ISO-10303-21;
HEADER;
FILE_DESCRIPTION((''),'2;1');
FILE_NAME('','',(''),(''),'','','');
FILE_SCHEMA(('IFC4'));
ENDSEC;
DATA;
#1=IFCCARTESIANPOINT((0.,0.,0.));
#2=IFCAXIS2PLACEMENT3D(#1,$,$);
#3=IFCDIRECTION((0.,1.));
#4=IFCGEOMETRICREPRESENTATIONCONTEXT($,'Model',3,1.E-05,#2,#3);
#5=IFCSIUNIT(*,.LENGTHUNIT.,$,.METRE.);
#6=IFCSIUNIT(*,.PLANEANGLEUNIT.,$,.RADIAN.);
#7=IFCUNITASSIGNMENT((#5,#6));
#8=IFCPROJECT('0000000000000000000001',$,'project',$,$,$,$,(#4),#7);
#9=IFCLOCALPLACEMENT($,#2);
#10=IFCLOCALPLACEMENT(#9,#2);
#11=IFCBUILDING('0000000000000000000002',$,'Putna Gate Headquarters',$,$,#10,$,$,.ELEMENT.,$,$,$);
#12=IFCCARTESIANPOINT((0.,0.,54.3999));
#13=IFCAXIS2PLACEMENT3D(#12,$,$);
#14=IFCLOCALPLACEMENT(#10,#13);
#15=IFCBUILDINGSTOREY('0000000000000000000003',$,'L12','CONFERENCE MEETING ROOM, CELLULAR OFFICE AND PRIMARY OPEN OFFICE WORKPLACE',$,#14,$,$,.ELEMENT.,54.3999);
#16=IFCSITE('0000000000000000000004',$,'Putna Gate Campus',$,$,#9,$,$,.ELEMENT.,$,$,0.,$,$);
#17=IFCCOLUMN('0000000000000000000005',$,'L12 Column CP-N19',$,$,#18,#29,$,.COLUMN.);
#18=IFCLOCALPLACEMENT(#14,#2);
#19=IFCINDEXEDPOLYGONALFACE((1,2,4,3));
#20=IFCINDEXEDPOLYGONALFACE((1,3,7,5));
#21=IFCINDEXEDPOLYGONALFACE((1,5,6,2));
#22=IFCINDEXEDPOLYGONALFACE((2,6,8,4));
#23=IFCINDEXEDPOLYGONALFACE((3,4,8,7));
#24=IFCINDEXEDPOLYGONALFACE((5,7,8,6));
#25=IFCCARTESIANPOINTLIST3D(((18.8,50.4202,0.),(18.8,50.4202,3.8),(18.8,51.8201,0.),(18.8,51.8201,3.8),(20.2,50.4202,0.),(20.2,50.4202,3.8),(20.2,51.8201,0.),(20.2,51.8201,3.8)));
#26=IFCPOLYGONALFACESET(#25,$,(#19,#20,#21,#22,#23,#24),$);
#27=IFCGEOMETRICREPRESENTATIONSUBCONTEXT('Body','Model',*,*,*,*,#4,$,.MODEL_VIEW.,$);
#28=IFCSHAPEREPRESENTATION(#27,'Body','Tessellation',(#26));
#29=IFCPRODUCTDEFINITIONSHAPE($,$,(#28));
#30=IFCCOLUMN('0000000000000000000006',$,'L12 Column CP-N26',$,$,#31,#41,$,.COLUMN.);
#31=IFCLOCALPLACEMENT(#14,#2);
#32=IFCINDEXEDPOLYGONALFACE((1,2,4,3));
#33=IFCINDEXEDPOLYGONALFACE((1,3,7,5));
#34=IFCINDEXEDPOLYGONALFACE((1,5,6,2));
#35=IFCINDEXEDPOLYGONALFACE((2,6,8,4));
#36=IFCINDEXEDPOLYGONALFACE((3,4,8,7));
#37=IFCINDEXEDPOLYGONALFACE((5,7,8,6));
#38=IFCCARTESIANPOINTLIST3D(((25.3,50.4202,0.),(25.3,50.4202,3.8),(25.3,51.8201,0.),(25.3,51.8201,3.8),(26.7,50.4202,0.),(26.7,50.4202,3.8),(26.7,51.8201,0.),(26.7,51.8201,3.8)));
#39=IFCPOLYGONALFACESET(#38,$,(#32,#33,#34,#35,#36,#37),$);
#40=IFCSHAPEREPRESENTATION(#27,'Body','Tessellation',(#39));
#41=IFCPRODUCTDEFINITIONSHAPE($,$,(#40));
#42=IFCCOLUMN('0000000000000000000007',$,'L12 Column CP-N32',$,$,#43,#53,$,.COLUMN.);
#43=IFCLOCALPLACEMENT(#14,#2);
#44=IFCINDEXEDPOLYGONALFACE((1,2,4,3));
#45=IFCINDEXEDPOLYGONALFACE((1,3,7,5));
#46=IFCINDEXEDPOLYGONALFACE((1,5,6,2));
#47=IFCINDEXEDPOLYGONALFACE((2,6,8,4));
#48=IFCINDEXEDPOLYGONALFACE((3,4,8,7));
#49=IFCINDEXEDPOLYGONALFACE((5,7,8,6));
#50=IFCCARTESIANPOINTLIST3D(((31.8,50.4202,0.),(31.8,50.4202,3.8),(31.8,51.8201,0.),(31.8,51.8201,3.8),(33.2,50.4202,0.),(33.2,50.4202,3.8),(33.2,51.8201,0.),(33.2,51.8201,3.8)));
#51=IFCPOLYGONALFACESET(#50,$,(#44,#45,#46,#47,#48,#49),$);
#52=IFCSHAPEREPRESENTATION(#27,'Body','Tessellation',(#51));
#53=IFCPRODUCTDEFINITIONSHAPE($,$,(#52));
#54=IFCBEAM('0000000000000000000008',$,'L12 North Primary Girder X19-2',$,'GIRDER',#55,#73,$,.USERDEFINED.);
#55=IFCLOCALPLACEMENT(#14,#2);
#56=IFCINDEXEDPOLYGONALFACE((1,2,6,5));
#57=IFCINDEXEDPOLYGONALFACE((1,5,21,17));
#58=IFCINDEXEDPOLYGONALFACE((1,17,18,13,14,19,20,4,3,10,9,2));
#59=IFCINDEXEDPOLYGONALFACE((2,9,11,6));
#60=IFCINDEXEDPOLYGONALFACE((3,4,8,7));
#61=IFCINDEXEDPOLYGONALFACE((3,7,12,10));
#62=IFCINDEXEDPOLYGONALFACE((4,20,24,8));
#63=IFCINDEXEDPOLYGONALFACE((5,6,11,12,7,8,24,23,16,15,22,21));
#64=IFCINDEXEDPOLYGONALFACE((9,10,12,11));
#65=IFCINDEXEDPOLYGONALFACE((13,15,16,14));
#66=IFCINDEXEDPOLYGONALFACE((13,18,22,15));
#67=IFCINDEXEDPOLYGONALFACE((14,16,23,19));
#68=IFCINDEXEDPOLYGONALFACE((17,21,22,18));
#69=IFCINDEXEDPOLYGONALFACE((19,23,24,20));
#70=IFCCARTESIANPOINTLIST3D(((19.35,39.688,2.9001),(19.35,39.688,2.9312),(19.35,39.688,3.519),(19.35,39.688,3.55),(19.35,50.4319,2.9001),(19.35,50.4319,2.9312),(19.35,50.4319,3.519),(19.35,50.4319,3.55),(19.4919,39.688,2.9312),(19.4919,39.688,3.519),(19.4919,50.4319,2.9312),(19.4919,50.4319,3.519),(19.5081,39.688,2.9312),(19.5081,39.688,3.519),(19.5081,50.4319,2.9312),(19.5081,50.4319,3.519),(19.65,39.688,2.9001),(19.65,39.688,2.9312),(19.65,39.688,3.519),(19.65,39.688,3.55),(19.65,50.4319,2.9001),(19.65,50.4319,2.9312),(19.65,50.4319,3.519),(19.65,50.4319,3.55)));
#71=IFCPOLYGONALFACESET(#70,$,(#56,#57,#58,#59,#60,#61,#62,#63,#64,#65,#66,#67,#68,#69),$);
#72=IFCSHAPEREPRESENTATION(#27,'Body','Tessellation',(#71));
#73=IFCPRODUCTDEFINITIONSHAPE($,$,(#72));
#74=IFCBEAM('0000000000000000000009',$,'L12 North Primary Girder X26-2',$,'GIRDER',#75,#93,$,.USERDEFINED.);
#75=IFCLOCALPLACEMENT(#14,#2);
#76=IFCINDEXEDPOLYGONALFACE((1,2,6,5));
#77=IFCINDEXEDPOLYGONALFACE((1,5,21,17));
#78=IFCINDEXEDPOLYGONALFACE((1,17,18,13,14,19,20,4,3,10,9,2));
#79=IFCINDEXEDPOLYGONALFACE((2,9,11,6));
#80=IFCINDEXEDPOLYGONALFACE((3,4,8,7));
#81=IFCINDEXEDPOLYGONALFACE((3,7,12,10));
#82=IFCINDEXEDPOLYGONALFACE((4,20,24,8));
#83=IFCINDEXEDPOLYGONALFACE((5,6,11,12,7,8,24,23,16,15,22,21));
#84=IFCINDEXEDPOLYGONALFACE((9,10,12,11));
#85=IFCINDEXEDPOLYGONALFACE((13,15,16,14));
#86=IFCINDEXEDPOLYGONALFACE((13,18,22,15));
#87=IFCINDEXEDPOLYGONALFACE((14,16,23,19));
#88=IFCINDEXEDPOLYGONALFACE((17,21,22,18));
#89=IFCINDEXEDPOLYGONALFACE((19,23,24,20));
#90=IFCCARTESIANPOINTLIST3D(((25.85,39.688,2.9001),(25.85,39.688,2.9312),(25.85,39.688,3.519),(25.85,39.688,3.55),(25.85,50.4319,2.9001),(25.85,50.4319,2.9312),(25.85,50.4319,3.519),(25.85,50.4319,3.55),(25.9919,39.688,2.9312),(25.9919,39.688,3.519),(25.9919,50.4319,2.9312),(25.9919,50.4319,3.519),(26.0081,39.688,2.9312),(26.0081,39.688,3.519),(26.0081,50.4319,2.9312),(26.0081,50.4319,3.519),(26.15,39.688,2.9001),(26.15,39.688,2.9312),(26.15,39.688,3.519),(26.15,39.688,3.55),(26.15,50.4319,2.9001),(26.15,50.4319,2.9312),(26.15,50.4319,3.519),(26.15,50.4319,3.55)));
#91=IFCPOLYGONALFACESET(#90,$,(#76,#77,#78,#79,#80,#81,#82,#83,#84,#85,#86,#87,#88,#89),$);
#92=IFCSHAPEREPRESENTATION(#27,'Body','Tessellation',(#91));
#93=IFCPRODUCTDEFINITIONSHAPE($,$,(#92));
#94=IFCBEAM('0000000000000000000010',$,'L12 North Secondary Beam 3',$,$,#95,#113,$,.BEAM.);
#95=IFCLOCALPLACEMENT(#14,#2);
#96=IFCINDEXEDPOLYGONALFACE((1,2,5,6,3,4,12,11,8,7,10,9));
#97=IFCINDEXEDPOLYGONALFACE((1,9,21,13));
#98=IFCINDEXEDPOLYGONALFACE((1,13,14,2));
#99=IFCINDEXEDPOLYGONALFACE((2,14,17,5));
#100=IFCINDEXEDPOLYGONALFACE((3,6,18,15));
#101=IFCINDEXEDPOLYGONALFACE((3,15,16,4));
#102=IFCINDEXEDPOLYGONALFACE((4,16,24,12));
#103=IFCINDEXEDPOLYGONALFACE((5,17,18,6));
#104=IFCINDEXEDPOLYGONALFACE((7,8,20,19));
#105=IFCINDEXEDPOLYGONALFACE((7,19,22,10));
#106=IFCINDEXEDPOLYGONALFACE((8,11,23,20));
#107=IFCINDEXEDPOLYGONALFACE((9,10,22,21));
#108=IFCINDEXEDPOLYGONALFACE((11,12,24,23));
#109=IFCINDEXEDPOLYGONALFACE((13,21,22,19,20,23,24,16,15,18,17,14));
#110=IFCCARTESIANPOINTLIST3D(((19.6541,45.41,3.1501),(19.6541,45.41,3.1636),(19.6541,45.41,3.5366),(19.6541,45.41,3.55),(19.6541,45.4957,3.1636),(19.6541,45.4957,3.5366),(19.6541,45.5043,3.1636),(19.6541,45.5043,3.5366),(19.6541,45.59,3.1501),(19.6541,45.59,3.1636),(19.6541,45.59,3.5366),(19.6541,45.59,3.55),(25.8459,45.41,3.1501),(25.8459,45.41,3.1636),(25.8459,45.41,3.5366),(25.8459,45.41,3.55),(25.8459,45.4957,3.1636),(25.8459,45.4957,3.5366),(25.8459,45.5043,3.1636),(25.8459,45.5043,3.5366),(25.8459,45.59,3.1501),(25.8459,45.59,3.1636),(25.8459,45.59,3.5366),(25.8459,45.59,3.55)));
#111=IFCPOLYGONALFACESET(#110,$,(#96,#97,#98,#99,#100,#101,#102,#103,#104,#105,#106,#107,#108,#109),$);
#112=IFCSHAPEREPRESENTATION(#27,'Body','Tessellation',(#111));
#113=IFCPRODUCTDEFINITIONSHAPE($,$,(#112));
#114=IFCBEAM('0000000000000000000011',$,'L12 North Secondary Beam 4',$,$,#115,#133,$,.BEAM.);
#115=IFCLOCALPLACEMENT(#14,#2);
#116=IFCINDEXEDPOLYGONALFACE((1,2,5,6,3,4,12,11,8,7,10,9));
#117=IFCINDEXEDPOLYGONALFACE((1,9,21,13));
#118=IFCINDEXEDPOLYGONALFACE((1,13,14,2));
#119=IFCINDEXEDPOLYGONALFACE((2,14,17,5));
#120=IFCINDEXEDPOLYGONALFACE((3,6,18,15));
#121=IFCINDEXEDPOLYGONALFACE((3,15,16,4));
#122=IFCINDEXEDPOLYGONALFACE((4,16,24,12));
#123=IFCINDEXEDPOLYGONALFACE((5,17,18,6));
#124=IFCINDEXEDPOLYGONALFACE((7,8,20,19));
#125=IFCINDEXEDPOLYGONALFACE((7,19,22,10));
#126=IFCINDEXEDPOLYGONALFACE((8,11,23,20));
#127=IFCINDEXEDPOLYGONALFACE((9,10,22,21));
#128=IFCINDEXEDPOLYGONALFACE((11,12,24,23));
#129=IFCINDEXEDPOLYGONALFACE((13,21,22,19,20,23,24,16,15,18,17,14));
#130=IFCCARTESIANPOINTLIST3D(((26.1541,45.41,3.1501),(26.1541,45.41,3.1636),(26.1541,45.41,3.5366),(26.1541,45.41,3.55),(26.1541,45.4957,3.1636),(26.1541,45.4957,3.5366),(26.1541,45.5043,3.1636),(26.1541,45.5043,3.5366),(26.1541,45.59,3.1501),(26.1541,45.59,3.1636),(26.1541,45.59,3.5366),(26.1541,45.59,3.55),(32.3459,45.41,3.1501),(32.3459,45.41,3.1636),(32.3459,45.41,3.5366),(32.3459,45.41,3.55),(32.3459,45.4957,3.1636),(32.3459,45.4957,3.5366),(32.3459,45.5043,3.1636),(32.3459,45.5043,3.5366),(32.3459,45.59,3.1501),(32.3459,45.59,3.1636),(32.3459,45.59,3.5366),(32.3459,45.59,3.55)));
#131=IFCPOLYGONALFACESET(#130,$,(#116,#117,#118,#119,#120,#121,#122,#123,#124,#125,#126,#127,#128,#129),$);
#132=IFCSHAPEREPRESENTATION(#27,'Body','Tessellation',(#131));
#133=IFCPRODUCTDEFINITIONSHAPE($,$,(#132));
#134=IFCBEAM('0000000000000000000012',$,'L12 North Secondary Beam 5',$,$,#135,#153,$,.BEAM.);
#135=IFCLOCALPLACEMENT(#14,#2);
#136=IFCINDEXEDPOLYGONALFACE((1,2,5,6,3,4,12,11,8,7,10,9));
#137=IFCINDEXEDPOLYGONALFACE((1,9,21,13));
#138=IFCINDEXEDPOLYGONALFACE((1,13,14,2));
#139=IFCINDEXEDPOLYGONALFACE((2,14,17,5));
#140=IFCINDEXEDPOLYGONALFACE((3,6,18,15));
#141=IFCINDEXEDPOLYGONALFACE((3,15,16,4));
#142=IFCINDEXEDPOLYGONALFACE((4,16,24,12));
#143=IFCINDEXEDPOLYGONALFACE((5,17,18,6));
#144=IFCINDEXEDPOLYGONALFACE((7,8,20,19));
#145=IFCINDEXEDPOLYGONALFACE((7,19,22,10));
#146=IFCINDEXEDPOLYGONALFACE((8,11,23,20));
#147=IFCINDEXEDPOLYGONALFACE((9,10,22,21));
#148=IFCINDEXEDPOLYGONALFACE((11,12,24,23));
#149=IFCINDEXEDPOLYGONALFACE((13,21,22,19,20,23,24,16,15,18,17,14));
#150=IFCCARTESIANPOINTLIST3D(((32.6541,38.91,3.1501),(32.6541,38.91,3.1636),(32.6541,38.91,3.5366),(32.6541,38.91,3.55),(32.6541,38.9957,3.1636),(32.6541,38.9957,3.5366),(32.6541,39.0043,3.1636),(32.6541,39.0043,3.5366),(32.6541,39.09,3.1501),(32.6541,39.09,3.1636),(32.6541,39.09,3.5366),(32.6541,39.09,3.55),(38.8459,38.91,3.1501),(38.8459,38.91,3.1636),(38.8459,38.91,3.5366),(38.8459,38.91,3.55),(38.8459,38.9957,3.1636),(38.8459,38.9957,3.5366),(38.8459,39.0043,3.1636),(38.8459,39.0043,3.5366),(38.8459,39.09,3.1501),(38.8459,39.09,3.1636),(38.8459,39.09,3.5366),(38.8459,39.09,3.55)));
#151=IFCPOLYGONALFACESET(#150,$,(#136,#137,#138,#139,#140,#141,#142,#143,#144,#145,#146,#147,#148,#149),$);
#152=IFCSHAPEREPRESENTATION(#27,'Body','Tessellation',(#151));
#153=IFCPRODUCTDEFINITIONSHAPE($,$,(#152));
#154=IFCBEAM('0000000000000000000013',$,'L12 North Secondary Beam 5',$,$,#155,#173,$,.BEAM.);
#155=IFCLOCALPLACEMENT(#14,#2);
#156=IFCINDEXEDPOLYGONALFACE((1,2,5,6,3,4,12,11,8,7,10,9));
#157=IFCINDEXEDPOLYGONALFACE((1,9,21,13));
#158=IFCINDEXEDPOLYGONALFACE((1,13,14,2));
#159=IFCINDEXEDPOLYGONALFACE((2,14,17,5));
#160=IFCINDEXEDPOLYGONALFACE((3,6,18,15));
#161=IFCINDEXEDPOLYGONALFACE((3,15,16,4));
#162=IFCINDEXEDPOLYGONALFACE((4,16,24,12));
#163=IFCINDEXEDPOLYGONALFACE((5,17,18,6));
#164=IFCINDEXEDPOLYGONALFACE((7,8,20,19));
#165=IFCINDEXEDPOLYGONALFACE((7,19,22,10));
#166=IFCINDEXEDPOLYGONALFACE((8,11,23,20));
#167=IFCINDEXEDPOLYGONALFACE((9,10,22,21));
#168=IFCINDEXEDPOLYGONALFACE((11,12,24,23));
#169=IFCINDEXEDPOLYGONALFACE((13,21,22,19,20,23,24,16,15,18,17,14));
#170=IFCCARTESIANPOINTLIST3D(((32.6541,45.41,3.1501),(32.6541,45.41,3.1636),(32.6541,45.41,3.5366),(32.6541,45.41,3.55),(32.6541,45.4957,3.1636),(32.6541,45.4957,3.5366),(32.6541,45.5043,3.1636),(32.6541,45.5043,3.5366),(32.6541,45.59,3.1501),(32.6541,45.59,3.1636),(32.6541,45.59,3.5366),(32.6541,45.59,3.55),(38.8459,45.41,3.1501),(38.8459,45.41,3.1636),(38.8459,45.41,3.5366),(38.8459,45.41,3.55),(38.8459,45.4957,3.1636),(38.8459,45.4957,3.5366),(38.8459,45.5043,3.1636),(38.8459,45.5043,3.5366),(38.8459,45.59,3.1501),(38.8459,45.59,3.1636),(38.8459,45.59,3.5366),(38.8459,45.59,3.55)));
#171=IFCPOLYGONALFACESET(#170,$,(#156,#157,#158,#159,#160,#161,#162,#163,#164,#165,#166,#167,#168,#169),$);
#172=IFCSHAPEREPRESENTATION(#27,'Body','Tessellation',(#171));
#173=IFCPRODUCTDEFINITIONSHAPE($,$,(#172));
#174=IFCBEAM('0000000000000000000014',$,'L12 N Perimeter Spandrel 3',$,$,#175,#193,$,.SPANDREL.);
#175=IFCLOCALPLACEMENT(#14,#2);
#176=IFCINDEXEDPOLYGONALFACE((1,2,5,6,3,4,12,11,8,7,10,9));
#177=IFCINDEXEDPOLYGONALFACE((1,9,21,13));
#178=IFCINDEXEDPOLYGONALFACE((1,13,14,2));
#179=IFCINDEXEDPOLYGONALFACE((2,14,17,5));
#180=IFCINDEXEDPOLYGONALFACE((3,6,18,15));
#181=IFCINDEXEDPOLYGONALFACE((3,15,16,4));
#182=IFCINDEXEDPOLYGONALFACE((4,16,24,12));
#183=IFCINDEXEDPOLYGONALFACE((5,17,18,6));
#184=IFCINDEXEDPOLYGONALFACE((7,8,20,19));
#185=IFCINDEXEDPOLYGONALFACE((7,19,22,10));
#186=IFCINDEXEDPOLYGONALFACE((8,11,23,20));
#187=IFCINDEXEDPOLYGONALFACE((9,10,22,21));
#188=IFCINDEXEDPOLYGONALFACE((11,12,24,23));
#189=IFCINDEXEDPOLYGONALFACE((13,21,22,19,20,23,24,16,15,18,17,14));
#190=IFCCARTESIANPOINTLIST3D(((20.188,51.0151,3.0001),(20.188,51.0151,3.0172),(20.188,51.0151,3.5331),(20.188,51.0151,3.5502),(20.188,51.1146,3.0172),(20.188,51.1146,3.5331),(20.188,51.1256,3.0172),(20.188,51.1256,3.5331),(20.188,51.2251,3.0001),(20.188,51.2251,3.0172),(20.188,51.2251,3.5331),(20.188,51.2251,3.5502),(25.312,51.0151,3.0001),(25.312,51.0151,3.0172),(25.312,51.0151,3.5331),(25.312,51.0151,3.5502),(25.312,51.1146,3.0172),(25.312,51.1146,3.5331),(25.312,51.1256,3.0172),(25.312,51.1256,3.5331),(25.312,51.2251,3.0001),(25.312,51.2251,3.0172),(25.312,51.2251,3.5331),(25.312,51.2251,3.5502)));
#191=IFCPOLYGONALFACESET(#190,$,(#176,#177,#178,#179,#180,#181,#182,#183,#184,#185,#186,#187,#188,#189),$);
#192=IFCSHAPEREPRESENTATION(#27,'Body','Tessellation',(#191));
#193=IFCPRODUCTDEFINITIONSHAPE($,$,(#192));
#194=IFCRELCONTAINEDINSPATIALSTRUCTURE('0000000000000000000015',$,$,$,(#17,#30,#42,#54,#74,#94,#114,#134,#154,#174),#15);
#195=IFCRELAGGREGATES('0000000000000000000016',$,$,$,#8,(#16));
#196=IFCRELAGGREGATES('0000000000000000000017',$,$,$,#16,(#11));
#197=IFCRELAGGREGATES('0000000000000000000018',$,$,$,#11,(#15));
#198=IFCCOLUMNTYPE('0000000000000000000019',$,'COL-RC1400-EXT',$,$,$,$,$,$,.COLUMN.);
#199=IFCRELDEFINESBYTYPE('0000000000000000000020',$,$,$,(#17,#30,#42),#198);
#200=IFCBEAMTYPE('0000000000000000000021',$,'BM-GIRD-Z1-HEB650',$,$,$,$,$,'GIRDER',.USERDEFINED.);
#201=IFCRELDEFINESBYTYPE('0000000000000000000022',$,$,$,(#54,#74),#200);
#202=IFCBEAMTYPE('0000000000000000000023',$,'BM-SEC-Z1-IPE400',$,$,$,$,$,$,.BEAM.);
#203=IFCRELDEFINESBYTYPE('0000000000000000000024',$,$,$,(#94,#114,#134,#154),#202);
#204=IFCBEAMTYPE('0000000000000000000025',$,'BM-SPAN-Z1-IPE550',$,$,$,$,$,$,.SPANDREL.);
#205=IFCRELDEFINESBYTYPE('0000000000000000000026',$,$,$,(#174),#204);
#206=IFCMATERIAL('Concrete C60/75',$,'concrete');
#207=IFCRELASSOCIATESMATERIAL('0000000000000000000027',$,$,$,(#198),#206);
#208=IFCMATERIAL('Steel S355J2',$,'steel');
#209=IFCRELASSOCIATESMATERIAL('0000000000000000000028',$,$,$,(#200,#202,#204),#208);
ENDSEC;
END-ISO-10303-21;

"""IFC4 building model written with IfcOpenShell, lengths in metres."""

from ifc_helpers import new_model, si_unit, direction, frame, origin, origin_2d, place, context, subcontext, project, spatial, rectangle, i_section, extrude, material, material_profile, profile_set, type_object, element, save


model = new_model("IFC4")

# Units and contexts
model_context = context("Model", 3, precision=1e-05, world=origin(), true_north=direction((0.0, 1.0)))
body_context = subcontext(model_context, "Body", "Model", "MODEL_VIEW")
ifc_project = project(units=[si_unit("LENGTHUNIT", "METRE"), si_unit("PLANEANGLEUNIT", "RADIAN")], contexts=[model_context])

# Site, building, storey
site_placement = place(None, origin())
site = spatial("IfcSite", under=ifc_project, at=site_placement, Name="Putna Gate Campus", CompositionType="ELEMENT", RefElevation=0.0)
building_placement = place(site_placement, origin())
building = spatial("IfcBuilding", under=site, at=building_placement, Name="Putna Gate Headquarters", CompositionType="ELEMENT")
storey_placement = place(building_placement, frame((0.0, 0.0, 54.3999)))
storey = spatial("IfcBuildingStorey", under=building, at=storey_placement, Name="L12", Description="CONFERENCE MEETING ROOM, CELLULAR OFFICE AND PRIMARY OPEN OFFICE WORKPLACE", CompositionType="ELEMENT", Elevation=54.3999)

# Columns
ifc_material_1 = material(Name="Concrete C60/75", Category="concrete")
ifc_material_profile_1 = material_profile(ifc_material_1, rectangle(XDim=1.3999, YDim=1.3999, at=origin_2d()), Name="Concrete C60/75")
ifc_profile_set_1 = profile_set([ifc_material_profile_1], Name="Concrete C60/75")
column_type = type_object("IfcColumnType", Name="COL-RC1400-EXT", PredefinedType="COLUMN", material=ifc_profile_set_1)
for number, where, z_axis, x_axis, name in (
    (1, (19.5, 51.1201, 0.0), (0.0, 0.0, 1.0), (1.0, 0.0, 0.0), "L12 Column CP-N19"),
    (2, (26.0, 51.1201, 0.0), (0.0, 0.0, 1.0), (1.0, 0.0, 0.0), "L12 Column CP-N26"),
    (3, (32.5, 51.1201, 0.0), (0.0, 0.0, 1.0), (1.0, 0.0, 0.0), "L12 Column CP-N32"),
):
    element("IfcColumn", number, at=place(storey_placement, frame(where, z_axis=z_axis, x_axis=x_axis)), inside=storey, type_object=column_type, Name=name, PredefinedType="COLUMN", context=body_context, shape_type="SweptSolid", body=[
        extrude(rectangle(XDim=1.3999, YDim=1.3999, at=origin_2d()), origin(), (0.0, 0.0, 1.0), 3.8),
    ])

# Beams
ifc_material_2 = material(Name="Steel S355J2", Category="steel")
ifc_material_profile_2 = material_profile(ifc_material_2, i_section(OverallWidth=0.3, OverallDepth=0.6499, WebThickness=0.0161, FlangeThickness=0.031, at=origin_2d()), Name="Steel S355J2")
ifc_profile_set_2 = profile_set([ifc_material_profile_2], Name="Steel S355J2")
beam_type_1 = type_object("IfcBeamType", Name="BM-GIRD-Z1-HEB650", ElementType="GIRDER", PredefinedType="USERDEFINED", material=ifc_profile_set_2)
for number, where, z_axis, x_axis, name in (
    (4, (19.5, 39.688, 3.2251), (0.0, 1.0, 0.0), (-1.0, 0.0, 0.0), "L12 North Primary Girder X19-2"),
    (5, (26.0, 39.688, 3.2251), (0.0, 1.0, 0.0), (-1.0, 0.0, 0.0), "L12 North Primary Girder X26-2"),
):
    element("IfcBeam", number, at=place(storey_placement, frame(where, z_axis=z_axis, x_axis=x_axis)), inside=storey, type_object=beam_type_1, Name=name, ObjectType="GIRDER", PredefinedType="USERDEFINED", context=body_context, shape_type="SweptSolid", body=[
        extrude(i_section(OverallWidth=0.3, OverallDepth=0.6499, WebThickness=0.0161, FlangeThickness=0.031, at=origin_2d()), origin(), (0.0, 0.0, 1.0), 10.7439),
    ])
ifc_material_profile_3 = material_profile(ifc_material_2, i_section(OverallWidth=0.1799, OverallDepth=0.3999, WebThickness=0.0085, FlangeThickness=0.0134, at=origin_2d()), Name="Steel S355J2")
ifc_profile_set_3 = profile_set([ifc_material_profile_3], Name="Steel S355J2")
beam_type_2 = type_object("IfcBeamType", Name="BM-SEC-Z1-IPE400", PredefinedType="BEAM", material=ifc_profile_set_3)
for number, where, z_axis, x_axis, name in (
    (6, (19.6541, 45.5, 3.3501), (1.0, 0.0, 0.0), (0.0, 1.0, 0.0), "L12 North Secondary Beam 3"),
    (7, (26.1541, 45.5, 3.3501), (1.0, 0.0, 0.0), (0.0, 1.0, 0.0), "L12 North Secondary Beam 4"),
    (8, (32.6541, 39.0, 3.3501), (1.0, 0.0, 0.0), (0.0, 1.0, 0.0), "L12 North Secondary Beam 5"),
    (9, (32.6541, 45.5, 3.3501), (1.0, 0.0, 0.0), (0.0, 1.0, 0.0), "L12 North Secondary Beam 5"),
):
    element("IfcBeam", number, at=place(storey_placement, frame(where, z_axis=z_axis, x_axis=x_axis)), inside=storey, type_object=beam_type_2, Name=name, PredefinedType="BEAM", context=body_context, shape_type="SweptSolid", body=[
        extrude(i_section(OverallWidth=0.1799, OverallDepth=0.3999, WebThickness=0.0085, FlangeThickness=0.0134, at=origin_2d()), origin(), (0.0, 0.0, 1.0), 6.1919),
    ])
ifc_material_profile_4 = material_profile(ifc_material_2, i_section(OverallWidth=0.21, OverallDepth=0.55, WebThickness=0.011, FlangeThickness=0.0171, at=origin_2d()), Name="Steel S355J2")
ifc_profile_set_4 = profile_set([ifc_material_profile_4], Name="Steel S355J2")
beam_type_3 = type_object("IfcBeamType", Name="BM-SPAN-Z1-IPE550", PredefinedType="SPANDREL", material=ifc_profile_set_4)
for number, where, z_axis, x_axis, name in (
    (10, (20.188, 51.1201, 3.2751), (1.0, 0.0, 0.0), (0.0, 1.0, 0.0), "L12 N Perimeter Spandrel 3"),
):
    element("IfcBeam", number, at=place(storey_placement, frame(where, z_axis=z_axis, x_axis=x_axis)), inside=storey, type_object=beam_type_3, Name=name, PredefinedType="SPANDREL", context=body_context, shape_type="SweptSolid", body=[
        extrude(i_section(OverallWidth=0.21, OverallDepth=0.55, WebThickness=0.011, FlangeThickness=0.0171, at=origin_2d()), origin(), (0.0, 0.0, 1.0), 5.124),
    ])

save(model, "model.ifc")
